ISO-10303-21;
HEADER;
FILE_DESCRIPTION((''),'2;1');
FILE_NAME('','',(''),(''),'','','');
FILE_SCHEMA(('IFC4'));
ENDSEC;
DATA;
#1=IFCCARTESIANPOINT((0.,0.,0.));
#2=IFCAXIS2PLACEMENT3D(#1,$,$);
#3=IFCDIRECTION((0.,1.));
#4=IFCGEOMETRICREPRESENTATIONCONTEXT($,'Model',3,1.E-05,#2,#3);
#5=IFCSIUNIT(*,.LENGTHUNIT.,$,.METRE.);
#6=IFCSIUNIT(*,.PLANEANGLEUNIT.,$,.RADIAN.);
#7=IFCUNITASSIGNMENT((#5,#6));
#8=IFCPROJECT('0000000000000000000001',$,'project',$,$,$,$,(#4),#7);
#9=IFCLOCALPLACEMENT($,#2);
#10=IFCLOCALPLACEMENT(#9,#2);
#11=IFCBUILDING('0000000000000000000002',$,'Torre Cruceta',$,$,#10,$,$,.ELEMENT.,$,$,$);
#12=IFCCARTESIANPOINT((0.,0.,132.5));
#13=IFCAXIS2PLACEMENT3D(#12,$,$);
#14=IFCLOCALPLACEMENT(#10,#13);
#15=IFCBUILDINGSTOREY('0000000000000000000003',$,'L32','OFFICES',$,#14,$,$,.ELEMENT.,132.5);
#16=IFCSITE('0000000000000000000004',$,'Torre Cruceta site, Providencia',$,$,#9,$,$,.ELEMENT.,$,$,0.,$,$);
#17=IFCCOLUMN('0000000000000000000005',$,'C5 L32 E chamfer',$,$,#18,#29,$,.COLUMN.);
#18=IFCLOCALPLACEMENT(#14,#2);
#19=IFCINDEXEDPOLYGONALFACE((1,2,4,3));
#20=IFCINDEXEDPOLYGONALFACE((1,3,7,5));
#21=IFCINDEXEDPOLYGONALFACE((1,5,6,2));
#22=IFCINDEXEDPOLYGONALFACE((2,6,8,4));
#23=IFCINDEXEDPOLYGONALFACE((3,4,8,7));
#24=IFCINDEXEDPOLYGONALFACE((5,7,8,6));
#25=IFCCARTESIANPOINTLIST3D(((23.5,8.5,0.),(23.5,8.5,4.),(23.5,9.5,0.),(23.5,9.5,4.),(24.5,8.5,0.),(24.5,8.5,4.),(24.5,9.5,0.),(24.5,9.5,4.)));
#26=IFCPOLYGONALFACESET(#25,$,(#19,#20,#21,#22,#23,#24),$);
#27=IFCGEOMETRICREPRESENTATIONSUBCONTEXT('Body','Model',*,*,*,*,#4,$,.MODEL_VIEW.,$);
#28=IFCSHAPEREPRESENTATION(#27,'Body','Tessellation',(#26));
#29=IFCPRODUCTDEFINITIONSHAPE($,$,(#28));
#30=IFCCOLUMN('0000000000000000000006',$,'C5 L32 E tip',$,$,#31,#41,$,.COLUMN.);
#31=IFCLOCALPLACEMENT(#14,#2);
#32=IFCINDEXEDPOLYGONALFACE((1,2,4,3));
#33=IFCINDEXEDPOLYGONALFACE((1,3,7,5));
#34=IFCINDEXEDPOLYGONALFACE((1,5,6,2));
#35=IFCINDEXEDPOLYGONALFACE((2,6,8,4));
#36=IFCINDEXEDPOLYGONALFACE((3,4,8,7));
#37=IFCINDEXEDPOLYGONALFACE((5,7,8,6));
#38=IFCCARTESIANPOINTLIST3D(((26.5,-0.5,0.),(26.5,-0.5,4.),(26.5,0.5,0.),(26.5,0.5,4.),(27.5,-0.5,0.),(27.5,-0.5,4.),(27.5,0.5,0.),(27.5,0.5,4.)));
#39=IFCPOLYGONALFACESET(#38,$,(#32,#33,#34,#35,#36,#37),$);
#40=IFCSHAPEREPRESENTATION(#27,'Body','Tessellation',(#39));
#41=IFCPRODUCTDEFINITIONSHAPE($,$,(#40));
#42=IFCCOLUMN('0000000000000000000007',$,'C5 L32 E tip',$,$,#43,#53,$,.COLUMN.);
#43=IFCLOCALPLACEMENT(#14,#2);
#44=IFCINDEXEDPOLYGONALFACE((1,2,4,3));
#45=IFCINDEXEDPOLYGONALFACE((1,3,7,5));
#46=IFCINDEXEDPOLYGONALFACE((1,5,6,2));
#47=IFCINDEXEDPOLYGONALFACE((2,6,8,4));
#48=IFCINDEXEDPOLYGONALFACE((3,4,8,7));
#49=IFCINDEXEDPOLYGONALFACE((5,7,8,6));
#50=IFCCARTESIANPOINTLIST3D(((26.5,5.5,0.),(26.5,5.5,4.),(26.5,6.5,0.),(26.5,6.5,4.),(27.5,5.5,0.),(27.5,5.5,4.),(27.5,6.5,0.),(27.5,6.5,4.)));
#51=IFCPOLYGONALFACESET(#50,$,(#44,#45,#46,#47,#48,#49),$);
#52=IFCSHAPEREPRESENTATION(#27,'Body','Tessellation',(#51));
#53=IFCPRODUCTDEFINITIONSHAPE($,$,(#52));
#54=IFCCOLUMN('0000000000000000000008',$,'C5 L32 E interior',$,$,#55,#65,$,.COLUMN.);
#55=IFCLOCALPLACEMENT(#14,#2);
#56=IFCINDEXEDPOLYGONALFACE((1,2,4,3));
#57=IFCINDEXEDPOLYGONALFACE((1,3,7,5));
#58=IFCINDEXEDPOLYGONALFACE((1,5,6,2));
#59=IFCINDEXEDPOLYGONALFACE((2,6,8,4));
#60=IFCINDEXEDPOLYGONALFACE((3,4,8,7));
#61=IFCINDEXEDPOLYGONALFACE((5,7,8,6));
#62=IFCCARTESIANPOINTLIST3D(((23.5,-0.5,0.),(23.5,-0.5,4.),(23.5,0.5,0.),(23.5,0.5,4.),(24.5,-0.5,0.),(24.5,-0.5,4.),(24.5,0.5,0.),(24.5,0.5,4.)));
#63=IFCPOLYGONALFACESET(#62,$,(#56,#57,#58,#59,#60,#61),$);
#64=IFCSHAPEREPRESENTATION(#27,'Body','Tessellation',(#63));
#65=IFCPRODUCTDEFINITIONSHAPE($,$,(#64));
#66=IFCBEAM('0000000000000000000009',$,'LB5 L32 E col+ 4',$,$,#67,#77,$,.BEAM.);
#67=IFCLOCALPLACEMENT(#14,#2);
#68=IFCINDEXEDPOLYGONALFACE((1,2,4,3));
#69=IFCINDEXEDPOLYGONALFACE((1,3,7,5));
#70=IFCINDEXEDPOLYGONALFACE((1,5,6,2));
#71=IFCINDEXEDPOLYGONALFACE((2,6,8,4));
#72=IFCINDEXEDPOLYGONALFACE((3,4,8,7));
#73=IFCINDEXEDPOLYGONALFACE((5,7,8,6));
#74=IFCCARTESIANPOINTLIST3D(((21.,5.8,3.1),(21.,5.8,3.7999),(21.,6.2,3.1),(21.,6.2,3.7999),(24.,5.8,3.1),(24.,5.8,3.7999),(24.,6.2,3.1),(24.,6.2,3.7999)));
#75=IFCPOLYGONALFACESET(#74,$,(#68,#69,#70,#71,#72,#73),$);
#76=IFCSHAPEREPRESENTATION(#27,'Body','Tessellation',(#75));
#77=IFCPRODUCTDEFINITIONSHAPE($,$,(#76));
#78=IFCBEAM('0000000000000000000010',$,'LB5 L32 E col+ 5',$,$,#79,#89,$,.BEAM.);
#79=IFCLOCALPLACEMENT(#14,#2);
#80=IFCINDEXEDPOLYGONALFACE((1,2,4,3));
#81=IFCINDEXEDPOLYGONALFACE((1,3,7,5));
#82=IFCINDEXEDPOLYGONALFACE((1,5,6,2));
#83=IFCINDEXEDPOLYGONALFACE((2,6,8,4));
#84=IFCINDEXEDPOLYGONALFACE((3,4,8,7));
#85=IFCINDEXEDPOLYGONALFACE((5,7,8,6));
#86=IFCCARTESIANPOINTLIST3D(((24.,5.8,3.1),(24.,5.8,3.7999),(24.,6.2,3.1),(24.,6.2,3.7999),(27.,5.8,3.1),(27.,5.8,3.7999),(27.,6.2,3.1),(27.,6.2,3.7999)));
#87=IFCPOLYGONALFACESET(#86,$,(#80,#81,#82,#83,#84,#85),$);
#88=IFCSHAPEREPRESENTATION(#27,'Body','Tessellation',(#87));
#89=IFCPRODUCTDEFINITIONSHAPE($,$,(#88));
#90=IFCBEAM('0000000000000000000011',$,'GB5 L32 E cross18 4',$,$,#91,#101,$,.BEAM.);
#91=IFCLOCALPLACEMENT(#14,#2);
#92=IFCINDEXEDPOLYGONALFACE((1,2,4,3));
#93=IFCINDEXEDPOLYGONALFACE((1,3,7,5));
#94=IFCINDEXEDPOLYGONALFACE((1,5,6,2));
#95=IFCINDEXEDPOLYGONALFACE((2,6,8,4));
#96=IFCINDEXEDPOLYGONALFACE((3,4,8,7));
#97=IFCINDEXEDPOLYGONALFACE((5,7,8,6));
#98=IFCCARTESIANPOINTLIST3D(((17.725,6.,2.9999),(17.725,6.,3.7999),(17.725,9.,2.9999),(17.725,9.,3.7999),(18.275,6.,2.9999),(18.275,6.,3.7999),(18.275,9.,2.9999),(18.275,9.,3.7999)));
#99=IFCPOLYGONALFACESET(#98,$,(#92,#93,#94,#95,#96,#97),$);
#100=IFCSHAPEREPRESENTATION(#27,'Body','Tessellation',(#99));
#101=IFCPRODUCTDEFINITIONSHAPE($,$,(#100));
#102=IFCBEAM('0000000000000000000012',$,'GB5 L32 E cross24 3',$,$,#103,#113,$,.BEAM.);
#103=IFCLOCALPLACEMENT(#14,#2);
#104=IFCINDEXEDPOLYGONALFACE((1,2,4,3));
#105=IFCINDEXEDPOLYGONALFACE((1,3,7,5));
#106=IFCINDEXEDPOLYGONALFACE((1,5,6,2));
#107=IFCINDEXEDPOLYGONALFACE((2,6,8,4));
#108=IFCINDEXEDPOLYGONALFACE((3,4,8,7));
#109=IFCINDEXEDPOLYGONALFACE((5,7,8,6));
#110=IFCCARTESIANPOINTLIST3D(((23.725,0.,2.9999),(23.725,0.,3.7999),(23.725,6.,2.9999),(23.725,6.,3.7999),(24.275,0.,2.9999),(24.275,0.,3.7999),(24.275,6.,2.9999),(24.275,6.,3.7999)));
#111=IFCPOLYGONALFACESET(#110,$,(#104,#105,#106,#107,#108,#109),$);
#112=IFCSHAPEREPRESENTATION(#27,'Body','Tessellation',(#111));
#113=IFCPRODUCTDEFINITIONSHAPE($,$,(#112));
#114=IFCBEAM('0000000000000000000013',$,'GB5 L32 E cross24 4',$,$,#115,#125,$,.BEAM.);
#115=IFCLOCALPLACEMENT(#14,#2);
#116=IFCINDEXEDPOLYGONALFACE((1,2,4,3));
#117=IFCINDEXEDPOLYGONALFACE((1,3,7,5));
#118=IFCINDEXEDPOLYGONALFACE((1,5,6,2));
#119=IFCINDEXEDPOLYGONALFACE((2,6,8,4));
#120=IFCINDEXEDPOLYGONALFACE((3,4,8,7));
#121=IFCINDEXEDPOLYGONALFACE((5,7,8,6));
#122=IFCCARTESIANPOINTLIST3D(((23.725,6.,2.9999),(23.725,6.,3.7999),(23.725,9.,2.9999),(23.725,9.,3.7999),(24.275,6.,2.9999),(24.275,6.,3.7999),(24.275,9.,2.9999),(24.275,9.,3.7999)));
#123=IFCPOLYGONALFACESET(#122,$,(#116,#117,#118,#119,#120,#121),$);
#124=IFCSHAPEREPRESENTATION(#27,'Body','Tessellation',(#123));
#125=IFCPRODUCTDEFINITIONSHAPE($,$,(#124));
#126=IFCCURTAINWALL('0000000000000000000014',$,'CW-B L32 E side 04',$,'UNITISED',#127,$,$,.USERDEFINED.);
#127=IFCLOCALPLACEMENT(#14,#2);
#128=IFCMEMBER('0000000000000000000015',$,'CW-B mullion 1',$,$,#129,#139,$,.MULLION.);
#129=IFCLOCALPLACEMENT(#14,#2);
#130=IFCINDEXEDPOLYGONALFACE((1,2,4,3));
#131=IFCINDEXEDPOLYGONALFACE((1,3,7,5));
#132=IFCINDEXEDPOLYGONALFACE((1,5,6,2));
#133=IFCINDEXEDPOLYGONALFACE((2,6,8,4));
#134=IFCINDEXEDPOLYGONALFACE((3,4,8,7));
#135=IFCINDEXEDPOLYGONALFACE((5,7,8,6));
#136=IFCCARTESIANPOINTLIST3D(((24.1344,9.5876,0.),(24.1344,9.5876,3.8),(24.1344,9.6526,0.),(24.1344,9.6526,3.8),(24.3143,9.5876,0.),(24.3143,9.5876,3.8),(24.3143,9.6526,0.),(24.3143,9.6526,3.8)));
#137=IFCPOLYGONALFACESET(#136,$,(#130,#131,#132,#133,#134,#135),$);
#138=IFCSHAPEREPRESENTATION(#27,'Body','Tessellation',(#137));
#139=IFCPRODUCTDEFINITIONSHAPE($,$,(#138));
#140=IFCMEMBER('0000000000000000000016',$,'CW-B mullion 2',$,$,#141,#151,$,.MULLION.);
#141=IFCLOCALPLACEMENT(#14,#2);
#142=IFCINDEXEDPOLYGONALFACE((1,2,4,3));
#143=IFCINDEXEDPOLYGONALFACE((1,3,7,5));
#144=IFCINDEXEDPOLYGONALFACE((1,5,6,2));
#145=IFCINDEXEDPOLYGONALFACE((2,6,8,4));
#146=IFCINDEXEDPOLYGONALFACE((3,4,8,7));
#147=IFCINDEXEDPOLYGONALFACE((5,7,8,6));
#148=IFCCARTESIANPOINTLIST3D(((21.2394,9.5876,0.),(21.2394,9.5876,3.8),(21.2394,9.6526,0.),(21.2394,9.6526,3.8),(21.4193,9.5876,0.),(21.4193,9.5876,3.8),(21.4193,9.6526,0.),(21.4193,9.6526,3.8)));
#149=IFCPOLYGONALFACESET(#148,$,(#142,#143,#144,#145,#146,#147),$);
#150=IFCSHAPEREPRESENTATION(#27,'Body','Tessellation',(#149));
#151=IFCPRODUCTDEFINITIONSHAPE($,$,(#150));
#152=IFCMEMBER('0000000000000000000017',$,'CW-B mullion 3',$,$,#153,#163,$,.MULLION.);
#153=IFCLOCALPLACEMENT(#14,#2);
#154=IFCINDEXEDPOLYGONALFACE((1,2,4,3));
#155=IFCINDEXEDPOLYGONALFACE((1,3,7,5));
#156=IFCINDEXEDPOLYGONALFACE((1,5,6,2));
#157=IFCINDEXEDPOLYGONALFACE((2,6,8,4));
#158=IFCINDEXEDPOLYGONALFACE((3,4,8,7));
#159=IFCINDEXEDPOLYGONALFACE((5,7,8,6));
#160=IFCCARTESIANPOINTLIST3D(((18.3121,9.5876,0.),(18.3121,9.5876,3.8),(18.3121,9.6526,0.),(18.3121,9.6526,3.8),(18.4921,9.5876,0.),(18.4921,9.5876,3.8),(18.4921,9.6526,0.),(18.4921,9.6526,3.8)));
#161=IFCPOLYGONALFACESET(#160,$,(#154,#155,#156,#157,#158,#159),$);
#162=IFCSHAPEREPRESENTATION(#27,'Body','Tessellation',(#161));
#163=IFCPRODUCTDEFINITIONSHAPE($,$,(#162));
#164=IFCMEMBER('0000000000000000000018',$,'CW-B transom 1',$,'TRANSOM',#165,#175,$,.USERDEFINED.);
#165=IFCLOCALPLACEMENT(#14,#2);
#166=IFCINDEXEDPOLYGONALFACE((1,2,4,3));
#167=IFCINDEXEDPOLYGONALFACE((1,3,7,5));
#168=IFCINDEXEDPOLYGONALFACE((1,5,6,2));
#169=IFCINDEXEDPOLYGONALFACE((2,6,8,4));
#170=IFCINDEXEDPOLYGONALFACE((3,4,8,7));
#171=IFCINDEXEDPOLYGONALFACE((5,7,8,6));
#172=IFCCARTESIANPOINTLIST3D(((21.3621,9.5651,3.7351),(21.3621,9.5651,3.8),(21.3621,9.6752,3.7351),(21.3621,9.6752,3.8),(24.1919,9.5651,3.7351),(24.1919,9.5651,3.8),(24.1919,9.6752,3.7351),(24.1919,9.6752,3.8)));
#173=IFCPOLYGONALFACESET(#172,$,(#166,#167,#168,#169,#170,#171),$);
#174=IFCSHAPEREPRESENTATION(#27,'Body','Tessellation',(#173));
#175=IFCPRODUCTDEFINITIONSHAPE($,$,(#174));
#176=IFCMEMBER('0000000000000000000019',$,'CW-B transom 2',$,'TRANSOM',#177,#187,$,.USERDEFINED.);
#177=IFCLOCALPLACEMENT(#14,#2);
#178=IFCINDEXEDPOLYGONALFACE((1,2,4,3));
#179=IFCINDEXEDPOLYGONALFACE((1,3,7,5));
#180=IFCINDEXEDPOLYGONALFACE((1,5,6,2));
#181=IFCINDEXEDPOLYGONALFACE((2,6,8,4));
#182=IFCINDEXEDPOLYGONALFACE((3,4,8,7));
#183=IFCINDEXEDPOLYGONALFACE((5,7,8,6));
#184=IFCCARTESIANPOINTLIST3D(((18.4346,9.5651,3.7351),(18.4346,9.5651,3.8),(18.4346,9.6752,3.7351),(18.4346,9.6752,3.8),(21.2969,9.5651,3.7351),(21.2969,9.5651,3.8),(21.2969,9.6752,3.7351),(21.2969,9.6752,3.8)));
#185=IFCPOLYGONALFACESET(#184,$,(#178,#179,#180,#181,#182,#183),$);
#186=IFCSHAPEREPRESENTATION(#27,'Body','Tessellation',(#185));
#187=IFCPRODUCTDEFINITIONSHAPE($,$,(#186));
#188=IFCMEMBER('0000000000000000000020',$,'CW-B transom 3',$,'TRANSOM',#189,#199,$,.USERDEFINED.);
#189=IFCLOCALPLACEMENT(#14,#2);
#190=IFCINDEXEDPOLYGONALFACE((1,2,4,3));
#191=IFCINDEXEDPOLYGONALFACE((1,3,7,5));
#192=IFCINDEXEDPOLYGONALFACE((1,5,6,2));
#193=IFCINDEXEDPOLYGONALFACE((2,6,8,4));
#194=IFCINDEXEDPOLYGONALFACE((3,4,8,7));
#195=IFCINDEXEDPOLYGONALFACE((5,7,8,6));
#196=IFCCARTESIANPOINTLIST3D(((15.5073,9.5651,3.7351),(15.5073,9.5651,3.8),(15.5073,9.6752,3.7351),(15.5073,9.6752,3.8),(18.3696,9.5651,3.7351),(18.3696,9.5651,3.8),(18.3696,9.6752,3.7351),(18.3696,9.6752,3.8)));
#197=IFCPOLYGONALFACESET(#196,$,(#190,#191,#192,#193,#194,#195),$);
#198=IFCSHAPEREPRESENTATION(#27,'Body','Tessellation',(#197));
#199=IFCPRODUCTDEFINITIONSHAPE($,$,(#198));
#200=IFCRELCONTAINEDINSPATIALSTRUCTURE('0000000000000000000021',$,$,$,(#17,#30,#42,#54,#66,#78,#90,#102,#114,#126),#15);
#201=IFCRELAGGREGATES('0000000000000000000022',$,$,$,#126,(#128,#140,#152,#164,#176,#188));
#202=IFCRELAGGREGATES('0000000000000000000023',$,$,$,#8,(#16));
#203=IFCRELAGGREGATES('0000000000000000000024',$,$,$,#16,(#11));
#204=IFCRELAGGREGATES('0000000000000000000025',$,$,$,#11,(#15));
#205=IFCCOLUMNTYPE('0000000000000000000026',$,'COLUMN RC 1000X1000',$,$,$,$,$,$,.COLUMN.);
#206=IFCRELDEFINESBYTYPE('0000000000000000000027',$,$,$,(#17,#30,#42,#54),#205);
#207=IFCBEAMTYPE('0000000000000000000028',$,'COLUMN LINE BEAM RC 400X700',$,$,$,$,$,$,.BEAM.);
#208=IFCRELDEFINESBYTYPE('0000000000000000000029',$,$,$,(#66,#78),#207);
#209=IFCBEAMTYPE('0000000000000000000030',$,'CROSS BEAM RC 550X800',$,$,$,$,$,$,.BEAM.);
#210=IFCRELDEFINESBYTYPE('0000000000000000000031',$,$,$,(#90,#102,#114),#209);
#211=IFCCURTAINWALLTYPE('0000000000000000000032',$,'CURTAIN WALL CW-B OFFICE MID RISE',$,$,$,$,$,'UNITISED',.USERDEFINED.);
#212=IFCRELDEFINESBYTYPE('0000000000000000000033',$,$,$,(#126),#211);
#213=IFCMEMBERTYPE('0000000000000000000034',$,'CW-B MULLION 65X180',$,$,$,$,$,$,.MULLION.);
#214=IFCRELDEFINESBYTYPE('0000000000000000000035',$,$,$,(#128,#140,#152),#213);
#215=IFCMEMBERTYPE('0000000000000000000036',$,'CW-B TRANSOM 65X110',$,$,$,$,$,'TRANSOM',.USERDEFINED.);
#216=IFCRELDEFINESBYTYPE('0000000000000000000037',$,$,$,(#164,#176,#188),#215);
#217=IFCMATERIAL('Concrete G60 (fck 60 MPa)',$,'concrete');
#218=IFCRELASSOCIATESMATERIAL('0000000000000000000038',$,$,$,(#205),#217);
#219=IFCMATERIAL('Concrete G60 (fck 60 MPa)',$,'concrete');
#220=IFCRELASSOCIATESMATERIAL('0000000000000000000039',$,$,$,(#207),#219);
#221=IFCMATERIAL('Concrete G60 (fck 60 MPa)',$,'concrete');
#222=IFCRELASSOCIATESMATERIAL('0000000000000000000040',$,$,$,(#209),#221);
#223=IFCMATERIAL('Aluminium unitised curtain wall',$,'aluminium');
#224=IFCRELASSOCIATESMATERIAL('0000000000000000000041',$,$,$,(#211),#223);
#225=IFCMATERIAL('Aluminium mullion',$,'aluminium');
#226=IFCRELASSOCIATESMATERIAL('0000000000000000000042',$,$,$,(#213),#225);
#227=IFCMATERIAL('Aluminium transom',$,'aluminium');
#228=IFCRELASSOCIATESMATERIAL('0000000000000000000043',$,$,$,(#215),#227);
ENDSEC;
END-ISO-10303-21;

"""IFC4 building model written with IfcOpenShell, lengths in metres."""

from ifc_helpers import new_model, si_unit, direction, frame, origin, origin_2d, place, context, subcontext, project, spatial, rectangle, extrude, material, material_profile, profile_set, type_object, element, aggregate, save


model = new_model("IFC4")

# Units and contexts
model_context = context("Model", 3, precision=1e-05, world=origin(), true_north=direction((0.0, 1.0)))
body_context = subcontext(model_context, "Body", "Model", "MODEL_VIEW")
ifc_project = project(units=[si_unit("LENGTHUNIT", "METRE"), si_unit("PLANEANGLEUNIT", "RADIAN")], contexts=[model_context])

# Site, building, storey
site_placement = place(None, origin())
site = spatial("IfcSite", under=ifc_project, at=site_placement, Name="Torre Cruceta site, Providencia", CompositionType="ELEMENT", RefElevation=0.0)
building_placement = place(site_placement, origin())
building = spatial("IfcBuilding", under=site, at=building_placement, Name="Torre Cruceta", CompositionType="ELEMENT")
storey_placement = place(building_placement, frame((0.0, 0.0, 132.5)))
storey = spatial("IfcBuildingStorey", under=building, at=storey_placement, Name="L32", Description="OFFICES", CompositionType="ELEMENT", Elevation=132.5)

# Columns
ifc_material_1 = material(Name="Concrete G60 (fck 60 MPa)", Category="concrete")
ifc_material_profile_1 = material_profile(ifc_material_1, rectangle(XDim=1.0, YDim=1.0, at=origin_2d()), Name="RC 1000X1000")
ifc_profile_set_1 = profile_set([ifc_material_profile_1], Name="Concrete G60 (fck 60 MPa)")
column_type = type_object("IfcColumnType", Name="COLUMN RC 1000X1000", PredefinedType="COLUMN", material=ifc_profile_set_1)
for number, where, z_axis, x_axis, name in (
    (1, (24.0, 9.0, 0.0), (0.0, 0.0, 1.0), (1.0, 0.0, 0.0), "C5 L32 E chamfer"),
    (2, (27.0, 0.0, 0.0), (0.0, 0.0, 1.0), (1.0, 0.0, 0.0), "C5 L32 E tip"),
    (3, (27.0, 6.0, 0.0), (0.0, 0.0, 1.0), (1.0, 0.0, 0.0), "C5 L32 E tip"),
    (4, (24.0, 0.0, 0.0), (0.0, 0.0, 1.0), (1.0, 0.0, 0.0), "C5 L32 E interior"),
):
    element("IfcColumn", number, at=place(storey_placement, frame(where, z_axis=z_axis, x_axis=x_axis)), inside=storey, type_object=column_type, Name=name, PredefinedType="COLUMN", context=body_context, shape_type="SweptSolid", body=[
        extrude(rectangle(XDim=1.0, YDim=1.0, at=origin_2d()), origin(), (0.0, 0.0, 1.0), 4.0),
    ])

# Beams
ifc_material_2 = material(Name="Concrete G60 (fck 60 MPa)", Category="concrete")
ifc_material_profile_2 = material_profile(ifc_material_2, rectangle(XDim=0.3999, YDim=0.7, at=origin_2d()), Name="RC 400X700")
ifc_profile_set_2 = profile_set([ifc_material_profile_2], Name="Concrete G60 (fck 60 MPa)")
beam_type_1 = type_object("IfcBeamType", Name="COLUMN LINE BEAM RC 400X700", PredefinedType="BEAM", material=ifc_profile_set_2)
for number, where, z_axis, x_axis, name in (
    (5, (21.0, 6.0, 3.45), (1.0, 0.0, 0.0), (0.0, 1.0, 0.0), "LB5 L32 E col+ 4"),
    (6, (24.0, 6.0, 3.45), (1.0, 0.0, 0.0), (0.0, 1.0, 0.0), "LB5 L32 E col+ 5"),
):
    element("IfcBeam", number, at=place(storey_placement, frame(where, z_axis=z_axis, x_axis=x_axis)), inside=storey, type_object=beam_type_1, Name=name, PredefinedType="BEAM", context=body_context, shape_type="SweptSolid", body=[
        extrude(rectangle(XDim=0.3999, YDim=0.7, at=origin_2d()), origin(), (0.0, 0.0, 1.0), 3.0),
    ])
ifc_material_3 = material(Name="Concrete G60 (fck 60 MPa)", Category="concrete")
ifc_material_profile_3 = material_profile(ifc_material_3, rectangle(XDim=0.55, YDim=0.8, at=origin_2d()), Name="RC 550X800")
ifc_profile_set_3 = profile_set([ifc_material_profile_3], Name="Concrete G60 (fck 60 MPa)")
beam_type_2 = type_object("IfcBeamType", Name="CROSS BEAM RC 550X800", PredefinedType="BEAM", material=ifc_profile_set_3)
beam_1_placement = place(storey_placement, frame((18.0, 6.0, 3.3999), z_axis=(0.0, 1.0, 0.0), x_axis=(-1.0, 0.0, 0.0)))
element("IfcBeam", 7, at=beam_1_placement, inside=storey, type_object=beam_type_2, Name="GB5 L32 E cross18 4", PredefinedType="BEAM", context=body_context, shape_type="SweptSolid", body=[
    extrude(rectangle(XDim=0.55, YDim=0.8, at=origin_2d()), origin(), (0.0, 0.0, 1.0), 3.0),
])
beam_2_placement = place(storey_placement, frame((24.0, 0.0, 3.3999), z_axis=(0.0, 1.0, 0.0), x_axis=(-1.0, 0.0, 0.0)))
element("IfcBeam", 8, at=beam_2_placement, inside=storey, type_object=beam_type_2, Name="GB5 L32 E cross24 3", PredefinedType="BEAM", context=body_context, shape_type="SweptSolid", body=[
    extrude(rectangle(XDim=0.55, YDim=0.8, at=origin_2d()), origin(), (0.0, 0.0, 1.0), 6.0),
])
beam_3_placement = place(storey_placement, frame((24.0, 6.0, 3.3999), z_axis=(0.0, 1.0, 0.0), x_axis=(-1.0, 0.0, 0.0)))
element("IfcBeam", 9, at=beam_3_placement, inside=storey, type_object=beam_type_2, Name="GB5 L32 E cross24 4", PredefinedType="BEAM", context=body_context, shape_type="SweptSolid", body=[
    extrude(rectangle(XDim=0.55, YDim=0.8, at=origin_2d()), origin(), (0.0, 0.0, 1.0), 3.0),
])

# Curtain wall, members
ifc_material_4 = material(Name="Aluminium unitised curtain wall", Category="aluminium")
curtain_wall_type = type_object("IfcCurtainWallType", Name="CURTAIN WALL CW-B OFFICE MID RISE", ElementType="UNITISED", PredefinedType="USERDEFINED", material=ifc_material_4)
curtain_wall_placement = place(storey_placement, origin())
curtain_wall = element("IfcCurtainWall", 10, at=curtain_wall_placement, inside=storey, type_object=curtain_wall_type, Name="CW-B L32 E side 04", ObjectType="UNITISED", PredefinedType="USERDEFINED")
ifc_material_5 = material(Name="Aluminium mullion", Category="aluminium")
ifc_material_profile_4 = material_profile(ifc_material_5, rectangle(XDim=0.0649, YDim=0.1799, at=origin_2d()), Name="AL 65X180")
ifc_profile_set_4 = profile_set([ifc_material_profile_4], Name="Aluminium mullion")
member_type_1 = type_object("IfcMemberType", Name="CW-B MULLION 65X180", PredefinedType="MULLION", material=ifc_profile_set_4)
member_1_placement = place(storey_placement, frame((24.2244, 9.6201, 0.0), z_axis=(0.0, 0.0, 1.0), x_axis=(0.0, -1.0, 0.0)))
member_1 = element("IfcMember", 11, at=member_1_placement, type_object=member_type_1, Name="CW-B mullion 1", PredefinedType="MULLION", context=body_context, shape_type="SweptSolid", body=[
    extrude(rectangle(XDim=0.0649, YDim=0.1799, at=origin_2d()), origin(), (0.0, 0.0, 1.0), 3.8),
])
member_2_placement = place(storey_placement, frame((21.3293, 9.6201, 0.0), z_axis=(0.0, 0.0, 1.0), x_axis=(0.0, -1.0, 0.0)))
member_2 = element("IfcMember", 12, at=member_2_placement, type_object=member_type_1, Name="CW-B mullion 2", PredefinedType="MULLION", context=body_context, shape_type="SweptSolid", body=[
    extrude(rectangle(XDim=0.0649, YDim=0.1799, at=origin_2d()), origin(), (0.0, 0.0, 1.0), 3.8),
])
member_3_placement = place(storey_placement, frame((18.4021, 9.6201, 0.0), z_axis=(0.0, 0.0, 1.0), x_axis=(0.0, -1.0, 0.0)))
member_3 = element("IfcMember", 13, at=member_3_placement, type_object=member_type_1, Name="CW-B mullion 3", PredefinedType="MULLION", context=body_context, shape_type="SweptSolid", body=[
    extrude(rectangle(XDim=0.0649, YDim=0.1799, at=origin_2d()), origin(), (0.0, 0.0, 1.0), 3.8),
])
ifc_material_6 = material(Name="Aluminium transom", Category="aluminium")
ifc_material_profile_5 = material_profile(ifc_material_6, rectangle(XDim=0.1101, YDim=0.0649, at=origin_2d()), Name="AL 110X65")
ifc_profile_set_5 = profile_set([ifc_material_profile_5], Name="Aluminium transom")
member_type_2 = type_object("IfcMemberType", Name="CW-B TRANSOM 65X110", ElementType="TRANSOM", PredefinedType="USERDEFINED", material=ifc_profile_set_5)
member_4_placement = place(storey_placement, frame((24.1919, 9.6201, 3.7676), z_axis=(-1.0, 0.0, 0.0), x_axis=(0.0, -1.0, 0.0)))
member_4 = element("IfcMember", 14, at=member_4_placement, type_object=member_type_2, Name="CW-B transom 1", ObjectType="TRANSOM", PredefinedType="USERDEFINED", context=body_context, shape_type="SweptSolid", body=[
    extrude(rectangle(XDim=0.1101, YDim=0.0649, at=origin_2d()), origin(), (0.0, 0.0, 1.0), 2.8298),
])
member_5_placement = place(storey_placement, frame((21.2969, 9.6201, 3.7676), z_axis=(-1.0, 0.0, 0.0), x_axis=(0.0, -1.0, 0.0)))
member_5 = element("IfcMember", 15, at=member_5_placement, type_object=member_type_2, Name="CW-B transom 2", ObjectType="TRANSOM", PredefinedType="USERDEFINED", context=body_context, shape_type="SweptSolid", body=[
    extrude(rectangle(XDim=0.1101, YDim=0.0649, at=origin_2d()), origin(), (0.0, 0.0, 1.0), 2.8623),
])
member_6_placement = place(storey_placement, frame((18.3696, 9.6201, 3.7676), z_axis=(-1.0, 0.0, 0.0), x_axis=(0.0, -1.0, 0.0)))
member_6 = element("IfcMember", 16, at=member_6_placement, type_object=member_type_2, Name="CW-B transom 3", ObjectType="TRANSOM", PredefinedType="USERDEFINED", context=body_context, shape_type="SweptSolid", body=[
    extrude(rectangle(XDim=0.1101, YDim=0.0649, at=origin_2d()), origin(), (0.0, 0.0, 1.0), 2.8623),
])

aggregate(curtain_wall, [member_1, member_2, member_3, member_4, member_5, member_6])

save(model, "model.ifc")
